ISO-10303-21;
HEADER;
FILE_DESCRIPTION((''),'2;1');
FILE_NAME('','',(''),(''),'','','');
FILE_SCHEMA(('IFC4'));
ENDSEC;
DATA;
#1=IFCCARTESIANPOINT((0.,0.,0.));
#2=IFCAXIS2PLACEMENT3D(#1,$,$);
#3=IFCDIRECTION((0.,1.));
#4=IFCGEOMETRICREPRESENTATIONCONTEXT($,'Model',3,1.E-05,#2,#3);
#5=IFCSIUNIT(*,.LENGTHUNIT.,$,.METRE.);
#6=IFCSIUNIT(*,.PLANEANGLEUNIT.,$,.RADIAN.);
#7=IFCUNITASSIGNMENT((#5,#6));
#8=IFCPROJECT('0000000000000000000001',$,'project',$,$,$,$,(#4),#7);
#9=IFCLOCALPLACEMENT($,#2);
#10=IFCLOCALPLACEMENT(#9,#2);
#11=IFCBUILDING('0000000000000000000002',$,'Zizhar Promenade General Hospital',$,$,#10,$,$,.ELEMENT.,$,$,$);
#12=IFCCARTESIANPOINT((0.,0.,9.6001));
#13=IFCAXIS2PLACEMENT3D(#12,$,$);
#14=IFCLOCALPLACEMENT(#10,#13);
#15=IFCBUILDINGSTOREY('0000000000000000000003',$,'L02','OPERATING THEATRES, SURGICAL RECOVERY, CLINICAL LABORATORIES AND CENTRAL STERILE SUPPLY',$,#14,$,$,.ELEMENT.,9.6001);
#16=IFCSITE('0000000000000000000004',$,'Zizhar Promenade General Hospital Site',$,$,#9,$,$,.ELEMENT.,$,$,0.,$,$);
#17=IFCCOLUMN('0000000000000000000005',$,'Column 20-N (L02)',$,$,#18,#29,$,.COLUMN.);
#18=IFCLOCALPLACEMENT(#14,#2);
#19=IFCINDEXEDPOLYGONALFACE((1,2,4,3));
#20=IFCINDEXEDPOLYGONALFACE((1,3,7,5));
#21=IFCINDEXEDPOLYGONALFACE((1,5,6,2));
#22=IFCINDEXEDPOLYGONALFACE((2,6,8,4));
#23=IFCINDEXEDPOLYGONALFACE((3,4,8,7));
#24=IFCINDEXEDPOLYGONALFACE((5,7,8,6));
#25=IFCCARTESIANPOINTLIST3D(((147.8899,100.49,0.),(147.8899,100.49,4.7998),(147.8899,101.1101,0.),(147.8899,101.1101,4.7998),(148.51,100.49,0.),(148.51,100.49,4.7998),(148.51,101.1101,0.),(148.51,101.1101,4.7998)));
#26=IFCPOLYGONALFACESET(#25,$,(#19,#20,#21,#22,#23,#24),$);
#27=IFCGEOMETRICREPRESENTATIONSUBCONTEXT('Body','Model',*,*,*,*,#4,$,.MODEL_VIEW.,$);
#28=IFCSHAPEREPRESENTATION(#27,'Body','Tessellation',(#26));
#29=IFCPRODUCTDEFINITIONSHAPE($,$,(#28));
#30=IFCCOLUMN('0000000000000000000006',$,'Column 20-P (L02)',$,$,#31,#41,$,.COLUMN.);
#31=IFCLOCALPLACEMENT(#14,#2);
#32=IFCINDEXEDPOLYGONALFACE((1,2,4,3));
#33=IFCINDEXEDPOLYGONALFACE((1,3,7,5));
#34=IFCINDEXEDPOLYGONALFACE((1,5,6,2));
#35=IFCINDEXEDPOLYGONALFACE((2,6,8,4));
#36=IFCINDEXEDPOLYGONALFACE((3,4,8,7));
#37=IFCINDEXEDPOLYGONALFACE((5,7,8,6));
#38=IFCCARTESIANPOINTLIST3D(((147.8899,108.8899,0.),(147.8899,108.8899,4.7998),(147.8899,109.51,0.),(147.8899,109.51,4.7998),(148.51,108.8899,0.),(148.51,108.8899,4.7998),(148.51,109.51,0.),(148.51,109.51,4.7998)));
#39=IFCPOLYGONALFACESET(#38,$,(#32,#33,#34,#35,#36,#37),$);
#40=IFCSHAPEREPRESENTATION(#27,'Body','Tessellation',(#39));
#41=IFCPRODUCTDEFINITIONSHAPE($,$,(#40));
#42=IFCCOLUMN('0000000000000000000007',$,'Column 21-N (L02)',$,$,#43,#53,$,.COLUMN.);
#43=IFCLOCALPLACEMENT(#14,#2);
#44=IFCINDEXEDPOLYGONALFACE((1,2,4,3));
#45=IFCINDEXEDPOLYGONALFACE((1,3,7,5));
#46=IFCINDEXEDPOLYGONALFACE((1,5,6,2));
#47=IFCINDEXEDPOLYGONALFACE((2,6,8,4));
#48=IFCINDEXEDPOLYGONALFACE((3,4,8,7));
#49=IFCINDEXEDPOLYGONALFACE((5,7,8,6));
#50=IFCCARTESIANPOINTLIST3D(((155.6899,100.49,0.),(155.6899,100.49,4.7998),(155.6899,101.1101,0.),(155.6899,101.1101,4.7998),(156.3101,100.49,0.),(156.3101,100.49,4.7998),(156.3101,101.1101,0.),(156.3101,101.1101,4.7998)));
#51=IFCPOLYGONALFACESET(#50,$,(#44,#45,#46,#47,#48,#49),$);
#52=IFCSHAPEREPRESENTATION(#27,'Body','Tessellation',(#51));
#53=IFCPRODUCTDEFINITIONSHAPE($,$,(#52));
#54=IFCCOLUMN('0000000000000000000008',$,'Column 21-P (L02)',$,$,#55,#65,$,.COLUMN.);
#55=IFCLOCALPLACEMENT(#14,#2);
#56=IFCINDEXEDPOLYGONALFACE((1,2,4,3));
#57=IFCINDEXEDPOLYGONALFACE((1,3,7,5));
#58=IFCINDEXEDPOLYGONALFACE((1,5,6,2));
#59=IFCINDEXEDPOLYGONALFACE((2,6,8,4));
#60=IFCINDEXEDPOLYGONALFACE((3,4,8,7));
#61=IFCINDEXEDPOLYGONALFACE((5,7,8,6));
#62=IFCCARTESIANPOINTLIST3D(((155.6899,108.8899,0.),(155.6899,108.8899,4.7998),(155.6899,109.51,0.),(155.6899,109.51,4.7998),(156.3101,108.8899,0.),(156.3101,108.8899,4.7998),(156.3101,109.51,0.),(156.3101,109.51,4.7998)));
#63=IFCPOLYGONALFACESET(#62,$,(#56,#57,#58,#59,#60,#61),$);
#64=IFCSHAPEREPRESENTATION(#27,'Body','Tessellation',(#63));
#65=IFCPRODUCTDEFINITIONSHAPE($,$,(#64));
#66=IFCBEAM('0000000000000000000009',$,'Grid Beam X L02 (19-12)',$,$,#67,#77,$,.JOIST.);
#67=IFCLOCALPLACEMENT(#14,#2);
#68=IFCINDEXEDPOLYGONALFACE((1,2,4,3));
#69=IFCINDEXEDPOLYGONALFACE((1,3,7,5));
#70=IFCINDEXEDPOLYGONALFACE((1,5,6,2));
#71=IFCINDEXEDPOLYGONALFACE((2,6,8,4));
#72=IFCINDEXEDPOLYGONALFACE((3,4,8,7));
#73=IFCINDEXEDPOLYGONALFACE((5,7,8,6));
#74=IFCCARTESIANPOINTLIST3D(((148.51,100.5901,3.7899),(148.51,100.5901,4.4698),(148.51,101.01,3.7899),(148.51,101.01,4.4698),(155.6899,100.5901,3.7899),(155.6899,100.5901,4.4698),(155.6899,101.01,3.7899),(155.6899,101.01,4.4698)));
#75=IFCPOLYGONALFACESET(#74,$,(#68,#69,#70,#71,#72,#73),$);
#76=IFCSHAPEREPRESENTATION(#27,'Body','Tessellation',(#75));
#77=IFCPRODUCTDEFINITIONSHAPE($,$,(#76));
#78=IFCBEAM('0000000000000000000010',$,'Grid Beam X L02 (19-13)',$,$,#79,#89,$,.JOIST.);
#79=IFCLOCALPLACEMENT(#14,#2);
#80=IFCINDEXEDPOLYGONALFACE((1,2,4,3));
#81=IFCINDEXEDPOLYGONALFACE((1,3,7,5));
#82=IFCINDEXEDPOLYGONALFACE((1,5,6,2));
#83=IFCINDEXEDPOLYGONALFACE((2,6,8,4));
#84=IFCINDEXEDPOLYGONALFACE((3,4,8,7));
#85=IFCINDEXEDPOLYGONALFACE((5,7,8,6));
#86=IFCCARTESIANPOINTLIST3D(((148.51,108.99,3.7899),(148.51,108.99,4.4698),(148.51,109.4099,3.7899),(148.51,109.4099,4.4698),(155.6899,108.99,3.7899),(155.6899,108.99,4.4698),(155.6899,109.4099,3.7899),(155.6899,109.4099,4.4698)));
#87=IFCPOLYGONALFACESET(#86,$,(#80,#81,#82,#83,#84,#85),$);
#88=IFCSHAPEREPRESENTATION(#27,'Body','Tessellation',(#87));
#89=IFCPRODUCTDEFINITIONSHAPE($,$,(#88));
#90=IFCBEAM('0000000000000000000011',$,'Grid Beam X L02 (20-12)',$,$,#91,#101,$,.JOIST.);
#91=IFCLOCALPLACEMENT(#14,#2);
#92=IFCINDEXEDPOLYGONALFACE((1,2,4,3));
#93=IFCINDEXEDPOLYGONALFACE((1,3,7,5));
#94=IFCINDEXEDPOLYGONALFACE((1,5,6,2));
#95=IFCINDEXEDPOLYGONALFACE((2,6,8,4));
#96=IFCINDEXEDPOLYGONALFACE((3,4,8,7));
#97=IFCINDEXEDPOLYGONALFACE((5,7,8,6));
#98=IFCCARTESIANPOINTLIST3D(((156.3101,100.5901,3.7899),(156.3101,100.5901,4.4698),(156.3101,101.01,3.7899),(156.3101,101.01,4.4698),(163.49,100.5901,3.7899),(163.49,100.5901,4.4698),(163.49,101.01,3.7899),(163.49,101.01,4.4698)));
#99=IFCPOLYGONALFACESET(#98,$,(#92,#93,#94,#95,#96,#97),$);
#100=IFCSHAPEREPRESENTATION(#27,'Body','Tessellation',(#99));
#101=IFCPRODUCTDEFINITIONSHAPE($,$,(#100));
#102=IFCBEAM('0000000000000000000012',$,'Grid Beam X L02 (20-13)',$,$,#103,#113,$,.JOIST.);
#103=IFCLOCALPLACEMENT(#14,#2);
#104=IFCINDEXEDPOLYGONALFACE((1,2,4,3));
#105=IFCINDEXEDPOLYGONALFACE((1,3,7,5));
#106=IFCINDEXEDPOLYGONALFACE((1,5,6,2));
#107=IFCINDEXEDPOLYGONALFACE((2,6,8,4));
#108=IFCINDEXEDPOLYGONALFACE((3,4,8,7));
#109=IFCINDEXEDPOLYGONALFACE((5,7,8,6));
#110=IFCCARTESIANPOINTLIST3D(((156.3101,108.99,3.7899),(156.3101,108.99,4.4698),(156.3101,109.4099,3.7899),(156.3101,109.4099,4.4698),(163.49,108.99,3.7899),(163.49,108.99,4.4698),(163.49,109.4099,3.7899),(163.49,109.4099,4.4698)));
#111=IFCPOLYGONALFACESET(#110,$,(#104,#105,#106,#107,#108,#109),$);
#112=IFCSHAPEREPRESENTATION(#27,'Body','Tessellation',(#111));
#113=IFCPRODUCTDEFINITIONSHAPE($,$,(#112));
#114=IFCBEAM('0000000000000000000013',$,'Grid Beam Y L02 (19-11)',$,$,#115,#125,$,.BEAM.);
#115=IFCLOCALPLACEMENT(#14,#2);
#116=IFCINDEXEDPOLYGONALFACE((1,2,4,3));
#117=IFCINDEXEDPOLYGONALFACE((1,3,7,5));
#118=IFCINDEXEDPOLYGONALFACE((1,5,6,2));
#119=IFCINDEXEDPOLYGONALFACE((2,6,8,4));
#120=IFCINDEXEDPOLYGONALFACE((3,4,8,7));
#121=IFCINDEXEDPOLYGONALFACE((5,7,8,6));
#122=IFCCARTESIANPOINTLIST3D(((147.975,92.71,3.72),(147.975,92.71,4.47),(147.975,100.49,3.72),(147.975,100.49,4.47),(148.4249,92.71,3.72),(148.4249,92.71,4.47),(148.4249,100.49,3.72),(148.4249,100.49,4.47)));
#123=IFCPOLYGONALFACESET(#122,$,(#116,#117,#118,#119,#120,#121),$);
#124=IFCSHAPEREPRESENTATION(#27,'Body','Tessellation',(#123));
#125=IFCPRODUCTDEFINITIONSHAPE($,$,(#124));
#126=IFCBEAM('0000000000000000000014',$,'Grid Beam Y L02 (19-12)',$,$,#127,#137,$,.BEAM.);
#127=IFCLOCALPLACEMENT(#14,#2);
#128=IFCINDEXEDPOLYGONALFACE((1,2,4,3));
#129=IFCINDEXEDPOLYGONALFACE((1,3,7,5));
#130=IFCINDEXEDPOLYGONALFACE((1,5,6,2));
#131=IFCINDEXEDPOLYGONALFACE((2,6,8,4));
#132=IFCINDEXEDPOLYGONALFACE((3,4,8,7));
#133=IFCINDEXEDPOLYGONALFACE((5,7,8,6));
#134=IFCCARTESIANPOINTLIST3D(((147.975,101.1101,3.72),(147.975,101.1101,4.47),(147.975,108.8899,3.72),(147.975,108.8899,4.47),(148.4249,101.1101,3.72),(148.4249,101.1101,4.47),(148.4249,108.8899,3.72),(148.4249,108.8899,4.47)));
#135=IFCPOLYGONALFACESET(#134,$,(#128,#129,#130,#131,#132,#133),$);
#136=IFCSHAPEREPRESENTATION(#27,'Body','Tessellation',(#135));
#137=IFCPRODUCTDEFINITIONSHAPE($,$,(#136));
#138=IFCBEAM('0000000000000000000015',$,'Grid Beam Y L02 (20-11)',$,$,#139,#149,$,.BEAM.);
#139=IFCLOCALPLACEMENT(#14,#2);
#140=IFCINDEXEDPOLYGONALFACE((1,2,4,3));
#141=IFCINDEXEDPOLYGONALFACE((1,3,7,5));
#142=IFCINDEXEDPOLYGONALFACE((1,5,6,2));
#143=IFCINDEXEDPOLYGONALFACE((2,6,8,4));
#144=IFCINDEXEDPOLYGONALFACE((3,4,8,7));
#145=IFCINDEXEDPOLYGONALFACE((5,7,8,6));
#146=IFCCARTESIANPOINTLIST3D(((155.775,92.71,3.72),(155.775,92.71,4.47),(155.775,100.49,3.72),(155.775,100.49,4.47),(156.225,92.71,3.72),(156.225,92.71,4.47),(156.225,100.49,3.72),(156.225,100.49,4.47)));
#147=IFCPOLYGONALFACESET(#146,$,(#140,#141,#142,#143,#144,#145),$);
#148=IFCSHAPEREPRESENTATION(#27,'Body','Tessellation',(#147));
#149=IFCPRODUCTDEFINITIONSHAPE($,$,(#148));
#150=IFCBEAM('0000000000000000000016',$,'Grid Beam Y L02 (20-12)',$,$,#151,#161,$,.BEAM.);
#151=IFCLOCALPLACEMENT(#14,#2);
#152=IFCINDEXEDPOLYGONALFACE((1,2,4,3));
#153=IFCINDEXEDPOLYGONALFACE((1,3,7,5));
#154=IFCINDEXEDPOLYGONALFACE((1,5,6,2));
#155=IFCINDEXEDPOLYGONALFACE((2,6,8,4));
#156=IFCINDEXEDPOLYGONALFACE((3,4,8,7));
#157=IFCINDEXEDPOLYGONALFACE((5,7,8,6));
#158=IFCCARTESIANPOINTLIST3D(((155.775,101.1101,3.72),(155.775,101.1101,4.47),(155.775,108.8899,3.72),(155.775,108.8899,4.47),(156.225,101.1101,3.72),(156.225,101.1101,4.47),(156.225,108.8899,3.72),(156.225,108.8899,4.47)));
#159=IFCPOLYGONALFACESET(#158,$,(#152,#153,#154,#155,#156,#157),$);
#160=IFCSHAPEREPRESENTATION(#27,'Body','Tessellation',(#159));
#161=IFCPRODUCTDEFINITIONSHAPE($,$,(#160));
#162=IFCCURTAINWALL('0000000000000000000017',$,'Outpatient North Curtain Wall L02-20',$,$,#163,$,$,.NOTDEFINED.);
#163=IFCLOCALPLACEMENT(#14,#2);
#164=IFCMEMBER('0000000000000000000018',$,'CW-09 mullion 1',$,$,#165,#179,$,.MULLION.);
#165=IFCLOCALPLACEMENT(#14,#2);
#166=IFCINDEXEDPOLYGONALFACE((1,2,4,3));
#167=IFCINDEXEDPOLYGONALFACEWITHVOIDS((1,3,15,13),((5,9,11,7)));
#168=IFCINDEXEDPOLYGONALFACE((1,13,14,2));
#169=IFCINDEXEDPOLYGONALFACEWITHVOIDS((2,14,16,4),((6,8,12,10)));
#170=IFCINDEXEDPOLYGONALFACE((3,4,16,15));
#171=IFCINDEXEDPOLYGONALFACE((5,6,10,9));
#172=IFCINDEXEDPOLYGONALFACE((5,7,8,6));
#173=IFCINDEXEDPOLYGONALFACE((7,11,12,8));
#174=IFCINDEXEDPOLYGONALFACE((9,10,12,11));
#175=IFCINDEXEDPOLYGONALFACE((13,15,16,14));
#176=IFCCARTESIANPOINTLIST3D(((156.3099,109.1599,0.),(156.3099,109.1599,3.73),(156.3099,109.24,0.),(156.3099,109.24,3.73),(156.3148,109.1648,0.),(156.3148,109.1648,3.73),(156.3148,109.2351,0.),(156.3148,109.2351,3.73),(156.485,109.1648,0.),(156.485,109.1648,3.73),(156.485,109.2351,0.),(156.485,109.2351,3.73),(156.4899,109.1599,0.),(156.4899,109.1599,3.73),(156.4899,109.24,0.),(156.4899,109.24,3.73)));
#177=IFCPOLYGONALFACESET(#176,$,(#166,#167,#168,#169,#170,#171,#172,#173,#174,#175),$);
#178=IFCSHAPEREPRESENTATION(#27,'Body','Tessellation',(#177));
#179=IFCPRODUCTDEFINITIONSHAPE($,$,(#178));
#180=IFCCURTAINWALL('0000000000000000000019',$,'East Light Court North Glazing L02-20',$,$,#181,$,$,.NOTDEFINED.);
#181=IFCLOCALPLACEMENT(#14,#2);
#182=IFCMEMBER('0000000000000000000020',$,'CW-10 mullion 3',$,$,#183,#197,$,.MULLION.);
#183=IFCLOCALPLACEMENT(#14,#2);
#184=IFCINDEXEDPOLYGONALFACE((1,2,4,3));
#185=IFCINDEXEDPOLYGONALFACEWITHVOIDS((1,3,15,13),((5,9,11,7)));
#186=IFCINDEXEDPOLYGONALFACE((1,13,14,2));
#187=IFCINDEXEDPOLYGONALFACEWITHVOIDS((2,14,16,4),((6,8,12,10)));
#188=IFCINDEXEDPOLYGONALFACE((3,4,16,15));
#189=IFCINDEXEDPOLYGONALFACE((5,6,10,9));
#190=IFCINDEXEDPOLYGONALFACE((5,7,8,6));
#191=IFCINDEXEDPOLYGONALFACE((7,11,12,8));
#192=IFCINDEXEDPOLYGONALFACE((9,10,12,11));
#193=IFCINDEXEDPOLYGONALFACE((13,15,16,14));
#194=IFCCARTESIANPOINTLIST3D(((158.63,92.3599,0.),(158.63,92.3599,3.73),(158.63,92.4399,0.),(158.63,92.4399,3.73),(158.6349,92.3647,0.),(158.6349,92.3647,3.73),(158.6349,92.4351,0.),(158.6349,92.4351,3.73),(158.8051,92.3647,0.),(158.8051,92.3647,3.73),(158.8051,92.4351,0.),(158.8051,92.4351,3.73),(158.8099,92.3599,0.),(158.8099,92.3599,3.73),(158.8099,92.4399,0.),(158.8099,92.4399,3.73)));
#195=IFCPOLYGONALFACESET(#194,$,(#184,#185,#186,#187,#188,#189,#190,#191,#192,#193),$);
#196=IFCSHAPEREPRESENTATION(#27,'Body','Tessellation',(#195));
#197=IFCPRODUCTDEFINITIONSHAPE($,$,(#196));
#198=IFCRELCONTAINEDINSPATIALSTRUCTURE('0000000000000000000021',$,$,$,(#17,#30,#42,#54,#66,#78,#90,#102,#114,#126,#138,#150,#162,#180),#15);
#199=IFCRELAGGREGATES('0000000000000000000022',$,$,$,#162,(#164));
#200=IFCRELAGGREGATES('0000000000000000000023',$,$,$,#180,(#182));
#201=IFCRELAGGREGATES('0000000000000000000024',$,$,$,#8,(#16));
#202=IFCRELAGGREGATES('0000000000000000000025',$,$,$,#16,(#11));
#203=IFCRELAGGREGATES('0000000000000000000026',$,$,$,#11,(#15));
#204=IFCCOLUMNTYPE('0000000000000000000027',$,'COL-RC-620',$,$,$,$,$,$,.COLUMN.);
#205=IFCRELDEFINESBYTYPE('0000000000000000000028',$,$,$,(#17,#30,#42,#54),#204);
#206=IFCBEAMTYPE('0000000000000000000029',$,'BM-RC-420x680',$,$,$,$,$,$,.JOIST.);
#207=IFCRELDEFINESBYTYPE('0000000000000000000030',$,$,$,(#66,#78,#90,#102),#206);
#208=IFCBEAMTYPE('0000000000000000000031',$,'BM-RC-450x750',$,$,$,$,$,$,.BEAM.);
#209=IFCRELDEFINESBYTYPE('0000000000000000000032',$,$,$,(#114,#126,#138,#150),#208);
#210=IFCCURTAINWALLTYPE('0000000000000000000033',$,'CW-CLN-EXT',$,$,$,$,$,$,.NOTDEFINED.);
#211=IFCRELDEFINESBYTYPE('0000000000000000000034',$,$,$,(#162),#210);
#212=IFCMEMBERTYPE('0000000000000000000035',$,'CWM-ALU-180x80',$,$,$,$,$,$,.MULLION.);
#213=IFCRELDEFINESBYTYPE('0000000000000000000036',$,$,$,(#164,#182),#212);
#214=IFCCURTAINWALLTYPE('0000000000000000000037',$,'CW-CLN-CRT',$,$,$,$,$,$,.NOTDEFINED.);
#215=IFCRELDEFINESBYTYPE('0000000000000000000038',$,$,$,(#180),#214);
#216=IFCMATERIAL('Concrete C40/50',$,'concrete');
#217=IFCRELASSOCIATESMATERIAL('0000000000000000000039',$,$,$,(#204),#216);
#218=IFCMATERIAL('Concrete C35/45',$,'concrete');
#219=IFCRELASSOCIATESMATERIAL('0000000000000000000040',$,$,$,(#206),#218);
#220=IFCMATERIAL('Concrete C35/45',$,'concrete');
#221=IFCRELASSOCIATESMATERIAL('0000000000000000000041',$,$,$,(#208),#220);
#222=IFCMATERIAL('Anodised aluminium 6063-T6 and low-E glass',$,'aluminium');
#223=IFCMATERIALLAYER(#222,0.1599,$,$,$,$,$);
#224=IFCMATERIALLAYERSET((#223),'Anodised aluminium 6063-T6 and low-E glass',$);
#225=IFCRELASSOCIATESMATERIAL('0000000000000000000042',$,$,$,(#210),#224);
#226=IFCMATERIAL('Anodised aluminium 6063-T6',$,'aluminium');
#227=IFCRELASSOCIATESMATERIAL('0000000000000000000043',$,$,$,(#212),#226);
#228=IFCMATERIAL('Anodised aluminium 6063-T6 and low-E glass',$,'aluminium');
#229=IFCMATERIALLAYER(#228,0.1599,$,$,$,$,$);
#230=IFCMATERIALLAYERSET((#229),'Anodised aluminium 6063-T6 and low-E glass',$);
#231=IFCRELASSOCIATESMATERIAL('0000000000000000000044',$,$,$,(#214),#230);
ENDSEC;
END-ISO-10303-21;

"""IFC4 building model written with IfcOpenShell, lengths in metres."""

from ifc_helpers import new_model, si_unit, direction, frame, origin, origin_2d, place, context, subcontext, project, spatial, rectangle, hollow_rectangle, extrude, material, layer, layer_set, material_profile, profile_set, type_object, element, aggregate, save


model = new_model("IFC4")

# Units and contexts
model_context = context("Model", 3, precision=1e-05, world=origin(), true_north=direction((0.0, 1.0)))
body_context = subcontext(model_context, "Body", "Model", "MODEL_VIEW")
ifc_project = project(units=[si_unit("LENGTHUNIT", "METRE"), si_unit("PLANEANGLEUNIT", "RADIAN")], contexts=[model_context])

# Site, building, storey
site_placement = place(None, origin())
site = spatial("IfcSite", under=ifc_project, at=site_placement, Name="Zizhar Promenade General Hospital Site", CompositionType="ELEMENT", RefElevation=0.0)
building_placement = place(site_placement, origin())
building = spatial("IfcBuilding", under=site, at=building_placement, Name="Zizhar Promenade General Hospital", CompositionType="ELEMENT")
storey_placement = place(building_placement, frame((0.0, 0.0, 9.6001)))
storey = spatial("IfcBuildingStorey", under=building, at=storey_placement, Name="L02", Description="OPERATING THEATRES, SURGICAL RECOVERY, CLINICAL LABORATORIES AND CENTRAL STERILE SUPPLY", CompositionType="ELEMENT", Elevation=9.6001)

# Columns
ifc_material_1 = material(Name="Concrete C40/50", Category="concrete")
ifc_material_profile_1 = material_profile(ifc_material_1, rectangle(XDim=0.6201, YDim=0.6201, at=origin_2d()))
ifc_profile_set_1 = profile_set([ifc_material_profile_1], Name="Concrete C40/50")
column_type = type_object("IfcColumnType", Name="COL-RC-620", PredefinedType="COLUMN", material=ifc_profile_set_1)
for number, where, z_axis, x_axis, name in (
    (1, (148.2, 100.8, 0.0), (0.0, 0.0, 1.0), (1.0, 0.0, 0.0), "Column 20-N (L02)"),
    (2, (148.2, 109.2, 0.0), (0.0, 0.0, 1.0), (1.0, 0.0, 0.0), "Column 20-P (L02)"),
    (3, (156.0, 100.8, 0.0), (0.0, 0.0, 1.0), (1.0, 0.0, 0.0), "Column 21-N (L02)"),
    (4, (156.0, 109.2, 0.0), (0.0, 0.0, 1.0), (1.0, 0.0, 0.0), "Column 21-P (L02)"),
):
    element("IfcColumn", number, at=place(storey_placement, frame(where, z_axis=z_axis, x_axis=x_axis)), inside=storey, type_object=column_type, Name=name, PredefinedType="COLUMN", context=body_context, shape_type="SweptSolid", body=[
        extrude(rectangle(XDim=0.6201, YDim=0.6201, at=origin_2d()), origin(), (0.0, 0.0, 1.0), 4.7998),
    ])

# Beams
ifc_material_2 = material(Name="Concrete C35/45", Category="concrete")
ifc_material_profile_2 = material_profile(ifc_material_2, rectangle(XDim=0.4199, YDim=0.6799, at=origin_2d()))
ifc_profile_set_2 = profile_set([ifc_material_profile_2], Name="Concrete C35/45")
beam_type_1 = type_object("IfcBeamType", Name="BM-RC-420x680", PredefinedType="JOIST", material=ifc_profile_set_2)
for number, where, z_axis, x_axis, name in (
    (5, (148.51, 100.8, 4.1299), (1.0, 0.0, 0.0), (0.0, 1.0, 0.0), "Grid Beam X L02 (19-12)"),
    (6, (148.51, 109.2, 4.1299), (1.0, 0.0, 0.0), (0.0, 1.0, 0.0), "Grid Beam X L02 (19-13)"),
    (7, (156.3101, 100.8, 4.1299), (1.0, 0.0, 0.0), (0.0, 1.0, 0.0), "Grid Beam X L02 (20-12)"),
    (8, (156.3101, 109.2, 4.1299), (1.0, 0.0, 0.0), (0.0, 1.0, 0.0), "Grid Beam X L02 (20-13)"),
):
    element("IfcBeam", number, at=place(storey_placement, frame(where, z_axis=z_axis, x_axis=x_axis)), inside=storey, type_object=beam_type_1, Name=name, PredefinedType="JOIST", context=body_context, shape_type="SweptSolid", body=[
        extrude(rectangle(XDim=0.4199, YDim=0.6799, at=origin_2d()), origin(), (0.0, 0.0, 1.0), 7.1799),
    ])
ifc_material_3 = material(Name="Concrete C35/45", Category="concrete")
ifc_material_profile_3 = material_profile(ifc_material_3, rectangle(XDim=0.45, YDim=0.75, at=origin_2d()))
ifc_profile_set_3 = profile_set([ifc_material_profile_3], Name="Concrete C35/45")
beam_type_2 = type_object("IfcBeamType", Name="BM-RC-450x750", PredefinedType="BEAM", material=ifc_profile_set_3)
beam_1_placement = place(storey_placement, frame((148.2, 92.71, 4.095), z_axis=(0.0, 1.0, 0.0), x_axis=(-1.0, 0.0, 0.0)))
element("IfcBeam", 9, at=beam_1_placement, inside=storey, type_object=beam_type_2, Name="Grid Beam Y L02 (19-11)", PredefinedType="BEAM", context=body_context, shape_type="SweptSolid", body=[
    extrude(rectangle(XDim=0.45, YDim=0.75, at=origin_2d()), origin(), (0.0, 0.0, 1.0), 7.78),
])
beam_2_placement = place(storey_placement, frame((148.2, 101.1101, 4.095), z_axis=(0.0, 1.0, 0.0), x_axis=(-1.0, 0.0, 0.0)))
element("IfcBeam", 10, at=beam_2_placement, inside=storey, type_object=beam_type_2, Name="Grid Beam Y L02 (19-12)", PredefinedType="BEAM", context=body_context, shape_type="SweptSolid", body=[
    extrude(rectangle(XDim=0.45, YDim=0.75, at=origin_2d()), origin(), (0.0, 0.0, 1.0), 7.7798),
])
beam_3_placement = place(storey_placement, frame((156.0, 92.71, 4.095), z_axis=(0.0, 1.0, 0.0), x_axis=(-1.0, 0.0, 0.0)))
element("IfcBeam", 11, at=beam_3_placement, inside=storey, type_object=beam_type_2, Name="Grid Beam Y L02 (20-11)", PredefinedType="BEAM", context=body_context, shape_type="SweptSolid", body=[
    extrude(rectangle(XDim=0.45, YDim=0.75, at=origin_2d()), origin(), (0.0, 0.0, 1.0), 7.78),
])
beam_4_placement = place(storey_placement, frame((156.0, 101.1101, 4.095), z_axis=(0.0, 1.0, 0.0), x_axis=(-1.0, 0.0, 0.0)))
element("IfcBeam", 12, at=beam_4_placement, inside=storey, type_object=beam_type_2, Name="Grid Beam Y L02 (20-12)", PredefinedType="BEAM", context=body_context, shape_type="SweptSolid", body=[
    extrude(rectangle(XDim=0.45, YDim=0.75, at=origin_2d()), origin(), (0.0, 0.0, 1.0), 7.7798),
])

# Curtain walls, members
ifc_material_4 = material(Name="Anodised aluminium 6063-T6 and low-E glass", Category="aluminium")
ifc_layer_1 = layer(ifc_material_4, 0.1599)
ifc_layer_set_1 = layer_set([ifc_layer_1], Name="Anodised aluminium 6063-T6 and low-E glass")
curtain_wall_type_1 = type_object("IfcCurtainWallType", Name="CW-CLN-EXT", PredefinedType="NOTDEFINED", material=ifc_layer_set_1)
curtain_wall_1_placement = place(storey_placement, origin())
curtain_wall_1 = element("IfcCurtainWall", 13, at=curtain_wall_1_placement, inside=storey, type_object=curtain_wall_type_1, Name="Outpatient North Curtain Wall L02-20", PredefinedType="NOTDEFINED")
ifc_material_5 = material(Name="Anodised aluminium 6063-T6", Category="aluminium")
ifc_material_profile_4 = material_profile(ifc_material_5, hollow_rectangle(XDim=0.0801, YDim=0.1799, WallThickness=0.0049, at=origin_2d()))
ifc_profile_set_4 = profile_set([ifc_material_profile_4], Name="Anodised aluminium 6063-T6")
member_type_1 = type_object("IfcMemberType", Name="CWM-ALU-180x80", PredefinedType="MULLION", material=ifc_profile_set_4)
member_1_placement = place(storey_placement, frame((156.3999, 109.2, 0.0), z_axis=(0.0, 0.0, 1.0), x_axis=(0.0, 1.0, 0.0)))
member_1 = element("IfcMember", 14, at=member_1_placement, type_object=member_type_1, Name="CW-09 mullion 1", PredefinedType="MULLION", context=body_context, shape_type="SweptSolid", body=[
    extrude(hollow_rectangle(XDim=0.0801, YDim=0.1799, WallThickness=0.0049, at=origin_2d()), origin(), (0.0, 0.0, 1.0), 3.73),
])
ifc_material_6 = material(Name="Anodised aluminium 6063-T6 and low-E glass", Category="aluminium")
ifc_layer_2 = layer(ifc_material_6, 0.1599)
ifc_layer_set_2 = layer_set([ifc_layer_2], Name="Anodised aluminium 6063-T6 and low-E glass")
curtain_wall_type_2 = type_object("IfcCurtainWallType", Name="CW-CLN-CRT", PredefinedType="NOTDEFINED", material=ifc_layer_set_2)
curtain_wall_2_placement = place(storey_placement, origin())
curtain_wall_2 = element("IfcCurtainWall", 15, at=curtain_wall_2_placement, inside=storey, type_object=curtain_wall_type_2, Name="East Light Court North Glazing L02-20", PredefinedType="NOTDEFINED")
member_2_placement = place(storey_placement, frame((158.72, 92.3999, 0.0), z_axis=(0.0, 0.0, 1.0), x_axis=(0.0, -1.0, 0.0)))
member_2 = element("IfcMember", 16, at=member_2_placement, type_object=member_type_1, Name="CW-10 mullion 3", PredefinedType="MULLION", context=body_context, shape_type="SweptSolid", body=[
    extrude(hollow_rectangle(XDim=0.0801, YDim=0.1799, WallThickness=0.0049, at=origin_2d()), origin(), (0.0, 0.0, 1.0), 3.73),
])

aggregate(curtain_wall_1, [member_1])

aggregate(curtain_wall_2, [member_2])

save(model, "model.ifc")
